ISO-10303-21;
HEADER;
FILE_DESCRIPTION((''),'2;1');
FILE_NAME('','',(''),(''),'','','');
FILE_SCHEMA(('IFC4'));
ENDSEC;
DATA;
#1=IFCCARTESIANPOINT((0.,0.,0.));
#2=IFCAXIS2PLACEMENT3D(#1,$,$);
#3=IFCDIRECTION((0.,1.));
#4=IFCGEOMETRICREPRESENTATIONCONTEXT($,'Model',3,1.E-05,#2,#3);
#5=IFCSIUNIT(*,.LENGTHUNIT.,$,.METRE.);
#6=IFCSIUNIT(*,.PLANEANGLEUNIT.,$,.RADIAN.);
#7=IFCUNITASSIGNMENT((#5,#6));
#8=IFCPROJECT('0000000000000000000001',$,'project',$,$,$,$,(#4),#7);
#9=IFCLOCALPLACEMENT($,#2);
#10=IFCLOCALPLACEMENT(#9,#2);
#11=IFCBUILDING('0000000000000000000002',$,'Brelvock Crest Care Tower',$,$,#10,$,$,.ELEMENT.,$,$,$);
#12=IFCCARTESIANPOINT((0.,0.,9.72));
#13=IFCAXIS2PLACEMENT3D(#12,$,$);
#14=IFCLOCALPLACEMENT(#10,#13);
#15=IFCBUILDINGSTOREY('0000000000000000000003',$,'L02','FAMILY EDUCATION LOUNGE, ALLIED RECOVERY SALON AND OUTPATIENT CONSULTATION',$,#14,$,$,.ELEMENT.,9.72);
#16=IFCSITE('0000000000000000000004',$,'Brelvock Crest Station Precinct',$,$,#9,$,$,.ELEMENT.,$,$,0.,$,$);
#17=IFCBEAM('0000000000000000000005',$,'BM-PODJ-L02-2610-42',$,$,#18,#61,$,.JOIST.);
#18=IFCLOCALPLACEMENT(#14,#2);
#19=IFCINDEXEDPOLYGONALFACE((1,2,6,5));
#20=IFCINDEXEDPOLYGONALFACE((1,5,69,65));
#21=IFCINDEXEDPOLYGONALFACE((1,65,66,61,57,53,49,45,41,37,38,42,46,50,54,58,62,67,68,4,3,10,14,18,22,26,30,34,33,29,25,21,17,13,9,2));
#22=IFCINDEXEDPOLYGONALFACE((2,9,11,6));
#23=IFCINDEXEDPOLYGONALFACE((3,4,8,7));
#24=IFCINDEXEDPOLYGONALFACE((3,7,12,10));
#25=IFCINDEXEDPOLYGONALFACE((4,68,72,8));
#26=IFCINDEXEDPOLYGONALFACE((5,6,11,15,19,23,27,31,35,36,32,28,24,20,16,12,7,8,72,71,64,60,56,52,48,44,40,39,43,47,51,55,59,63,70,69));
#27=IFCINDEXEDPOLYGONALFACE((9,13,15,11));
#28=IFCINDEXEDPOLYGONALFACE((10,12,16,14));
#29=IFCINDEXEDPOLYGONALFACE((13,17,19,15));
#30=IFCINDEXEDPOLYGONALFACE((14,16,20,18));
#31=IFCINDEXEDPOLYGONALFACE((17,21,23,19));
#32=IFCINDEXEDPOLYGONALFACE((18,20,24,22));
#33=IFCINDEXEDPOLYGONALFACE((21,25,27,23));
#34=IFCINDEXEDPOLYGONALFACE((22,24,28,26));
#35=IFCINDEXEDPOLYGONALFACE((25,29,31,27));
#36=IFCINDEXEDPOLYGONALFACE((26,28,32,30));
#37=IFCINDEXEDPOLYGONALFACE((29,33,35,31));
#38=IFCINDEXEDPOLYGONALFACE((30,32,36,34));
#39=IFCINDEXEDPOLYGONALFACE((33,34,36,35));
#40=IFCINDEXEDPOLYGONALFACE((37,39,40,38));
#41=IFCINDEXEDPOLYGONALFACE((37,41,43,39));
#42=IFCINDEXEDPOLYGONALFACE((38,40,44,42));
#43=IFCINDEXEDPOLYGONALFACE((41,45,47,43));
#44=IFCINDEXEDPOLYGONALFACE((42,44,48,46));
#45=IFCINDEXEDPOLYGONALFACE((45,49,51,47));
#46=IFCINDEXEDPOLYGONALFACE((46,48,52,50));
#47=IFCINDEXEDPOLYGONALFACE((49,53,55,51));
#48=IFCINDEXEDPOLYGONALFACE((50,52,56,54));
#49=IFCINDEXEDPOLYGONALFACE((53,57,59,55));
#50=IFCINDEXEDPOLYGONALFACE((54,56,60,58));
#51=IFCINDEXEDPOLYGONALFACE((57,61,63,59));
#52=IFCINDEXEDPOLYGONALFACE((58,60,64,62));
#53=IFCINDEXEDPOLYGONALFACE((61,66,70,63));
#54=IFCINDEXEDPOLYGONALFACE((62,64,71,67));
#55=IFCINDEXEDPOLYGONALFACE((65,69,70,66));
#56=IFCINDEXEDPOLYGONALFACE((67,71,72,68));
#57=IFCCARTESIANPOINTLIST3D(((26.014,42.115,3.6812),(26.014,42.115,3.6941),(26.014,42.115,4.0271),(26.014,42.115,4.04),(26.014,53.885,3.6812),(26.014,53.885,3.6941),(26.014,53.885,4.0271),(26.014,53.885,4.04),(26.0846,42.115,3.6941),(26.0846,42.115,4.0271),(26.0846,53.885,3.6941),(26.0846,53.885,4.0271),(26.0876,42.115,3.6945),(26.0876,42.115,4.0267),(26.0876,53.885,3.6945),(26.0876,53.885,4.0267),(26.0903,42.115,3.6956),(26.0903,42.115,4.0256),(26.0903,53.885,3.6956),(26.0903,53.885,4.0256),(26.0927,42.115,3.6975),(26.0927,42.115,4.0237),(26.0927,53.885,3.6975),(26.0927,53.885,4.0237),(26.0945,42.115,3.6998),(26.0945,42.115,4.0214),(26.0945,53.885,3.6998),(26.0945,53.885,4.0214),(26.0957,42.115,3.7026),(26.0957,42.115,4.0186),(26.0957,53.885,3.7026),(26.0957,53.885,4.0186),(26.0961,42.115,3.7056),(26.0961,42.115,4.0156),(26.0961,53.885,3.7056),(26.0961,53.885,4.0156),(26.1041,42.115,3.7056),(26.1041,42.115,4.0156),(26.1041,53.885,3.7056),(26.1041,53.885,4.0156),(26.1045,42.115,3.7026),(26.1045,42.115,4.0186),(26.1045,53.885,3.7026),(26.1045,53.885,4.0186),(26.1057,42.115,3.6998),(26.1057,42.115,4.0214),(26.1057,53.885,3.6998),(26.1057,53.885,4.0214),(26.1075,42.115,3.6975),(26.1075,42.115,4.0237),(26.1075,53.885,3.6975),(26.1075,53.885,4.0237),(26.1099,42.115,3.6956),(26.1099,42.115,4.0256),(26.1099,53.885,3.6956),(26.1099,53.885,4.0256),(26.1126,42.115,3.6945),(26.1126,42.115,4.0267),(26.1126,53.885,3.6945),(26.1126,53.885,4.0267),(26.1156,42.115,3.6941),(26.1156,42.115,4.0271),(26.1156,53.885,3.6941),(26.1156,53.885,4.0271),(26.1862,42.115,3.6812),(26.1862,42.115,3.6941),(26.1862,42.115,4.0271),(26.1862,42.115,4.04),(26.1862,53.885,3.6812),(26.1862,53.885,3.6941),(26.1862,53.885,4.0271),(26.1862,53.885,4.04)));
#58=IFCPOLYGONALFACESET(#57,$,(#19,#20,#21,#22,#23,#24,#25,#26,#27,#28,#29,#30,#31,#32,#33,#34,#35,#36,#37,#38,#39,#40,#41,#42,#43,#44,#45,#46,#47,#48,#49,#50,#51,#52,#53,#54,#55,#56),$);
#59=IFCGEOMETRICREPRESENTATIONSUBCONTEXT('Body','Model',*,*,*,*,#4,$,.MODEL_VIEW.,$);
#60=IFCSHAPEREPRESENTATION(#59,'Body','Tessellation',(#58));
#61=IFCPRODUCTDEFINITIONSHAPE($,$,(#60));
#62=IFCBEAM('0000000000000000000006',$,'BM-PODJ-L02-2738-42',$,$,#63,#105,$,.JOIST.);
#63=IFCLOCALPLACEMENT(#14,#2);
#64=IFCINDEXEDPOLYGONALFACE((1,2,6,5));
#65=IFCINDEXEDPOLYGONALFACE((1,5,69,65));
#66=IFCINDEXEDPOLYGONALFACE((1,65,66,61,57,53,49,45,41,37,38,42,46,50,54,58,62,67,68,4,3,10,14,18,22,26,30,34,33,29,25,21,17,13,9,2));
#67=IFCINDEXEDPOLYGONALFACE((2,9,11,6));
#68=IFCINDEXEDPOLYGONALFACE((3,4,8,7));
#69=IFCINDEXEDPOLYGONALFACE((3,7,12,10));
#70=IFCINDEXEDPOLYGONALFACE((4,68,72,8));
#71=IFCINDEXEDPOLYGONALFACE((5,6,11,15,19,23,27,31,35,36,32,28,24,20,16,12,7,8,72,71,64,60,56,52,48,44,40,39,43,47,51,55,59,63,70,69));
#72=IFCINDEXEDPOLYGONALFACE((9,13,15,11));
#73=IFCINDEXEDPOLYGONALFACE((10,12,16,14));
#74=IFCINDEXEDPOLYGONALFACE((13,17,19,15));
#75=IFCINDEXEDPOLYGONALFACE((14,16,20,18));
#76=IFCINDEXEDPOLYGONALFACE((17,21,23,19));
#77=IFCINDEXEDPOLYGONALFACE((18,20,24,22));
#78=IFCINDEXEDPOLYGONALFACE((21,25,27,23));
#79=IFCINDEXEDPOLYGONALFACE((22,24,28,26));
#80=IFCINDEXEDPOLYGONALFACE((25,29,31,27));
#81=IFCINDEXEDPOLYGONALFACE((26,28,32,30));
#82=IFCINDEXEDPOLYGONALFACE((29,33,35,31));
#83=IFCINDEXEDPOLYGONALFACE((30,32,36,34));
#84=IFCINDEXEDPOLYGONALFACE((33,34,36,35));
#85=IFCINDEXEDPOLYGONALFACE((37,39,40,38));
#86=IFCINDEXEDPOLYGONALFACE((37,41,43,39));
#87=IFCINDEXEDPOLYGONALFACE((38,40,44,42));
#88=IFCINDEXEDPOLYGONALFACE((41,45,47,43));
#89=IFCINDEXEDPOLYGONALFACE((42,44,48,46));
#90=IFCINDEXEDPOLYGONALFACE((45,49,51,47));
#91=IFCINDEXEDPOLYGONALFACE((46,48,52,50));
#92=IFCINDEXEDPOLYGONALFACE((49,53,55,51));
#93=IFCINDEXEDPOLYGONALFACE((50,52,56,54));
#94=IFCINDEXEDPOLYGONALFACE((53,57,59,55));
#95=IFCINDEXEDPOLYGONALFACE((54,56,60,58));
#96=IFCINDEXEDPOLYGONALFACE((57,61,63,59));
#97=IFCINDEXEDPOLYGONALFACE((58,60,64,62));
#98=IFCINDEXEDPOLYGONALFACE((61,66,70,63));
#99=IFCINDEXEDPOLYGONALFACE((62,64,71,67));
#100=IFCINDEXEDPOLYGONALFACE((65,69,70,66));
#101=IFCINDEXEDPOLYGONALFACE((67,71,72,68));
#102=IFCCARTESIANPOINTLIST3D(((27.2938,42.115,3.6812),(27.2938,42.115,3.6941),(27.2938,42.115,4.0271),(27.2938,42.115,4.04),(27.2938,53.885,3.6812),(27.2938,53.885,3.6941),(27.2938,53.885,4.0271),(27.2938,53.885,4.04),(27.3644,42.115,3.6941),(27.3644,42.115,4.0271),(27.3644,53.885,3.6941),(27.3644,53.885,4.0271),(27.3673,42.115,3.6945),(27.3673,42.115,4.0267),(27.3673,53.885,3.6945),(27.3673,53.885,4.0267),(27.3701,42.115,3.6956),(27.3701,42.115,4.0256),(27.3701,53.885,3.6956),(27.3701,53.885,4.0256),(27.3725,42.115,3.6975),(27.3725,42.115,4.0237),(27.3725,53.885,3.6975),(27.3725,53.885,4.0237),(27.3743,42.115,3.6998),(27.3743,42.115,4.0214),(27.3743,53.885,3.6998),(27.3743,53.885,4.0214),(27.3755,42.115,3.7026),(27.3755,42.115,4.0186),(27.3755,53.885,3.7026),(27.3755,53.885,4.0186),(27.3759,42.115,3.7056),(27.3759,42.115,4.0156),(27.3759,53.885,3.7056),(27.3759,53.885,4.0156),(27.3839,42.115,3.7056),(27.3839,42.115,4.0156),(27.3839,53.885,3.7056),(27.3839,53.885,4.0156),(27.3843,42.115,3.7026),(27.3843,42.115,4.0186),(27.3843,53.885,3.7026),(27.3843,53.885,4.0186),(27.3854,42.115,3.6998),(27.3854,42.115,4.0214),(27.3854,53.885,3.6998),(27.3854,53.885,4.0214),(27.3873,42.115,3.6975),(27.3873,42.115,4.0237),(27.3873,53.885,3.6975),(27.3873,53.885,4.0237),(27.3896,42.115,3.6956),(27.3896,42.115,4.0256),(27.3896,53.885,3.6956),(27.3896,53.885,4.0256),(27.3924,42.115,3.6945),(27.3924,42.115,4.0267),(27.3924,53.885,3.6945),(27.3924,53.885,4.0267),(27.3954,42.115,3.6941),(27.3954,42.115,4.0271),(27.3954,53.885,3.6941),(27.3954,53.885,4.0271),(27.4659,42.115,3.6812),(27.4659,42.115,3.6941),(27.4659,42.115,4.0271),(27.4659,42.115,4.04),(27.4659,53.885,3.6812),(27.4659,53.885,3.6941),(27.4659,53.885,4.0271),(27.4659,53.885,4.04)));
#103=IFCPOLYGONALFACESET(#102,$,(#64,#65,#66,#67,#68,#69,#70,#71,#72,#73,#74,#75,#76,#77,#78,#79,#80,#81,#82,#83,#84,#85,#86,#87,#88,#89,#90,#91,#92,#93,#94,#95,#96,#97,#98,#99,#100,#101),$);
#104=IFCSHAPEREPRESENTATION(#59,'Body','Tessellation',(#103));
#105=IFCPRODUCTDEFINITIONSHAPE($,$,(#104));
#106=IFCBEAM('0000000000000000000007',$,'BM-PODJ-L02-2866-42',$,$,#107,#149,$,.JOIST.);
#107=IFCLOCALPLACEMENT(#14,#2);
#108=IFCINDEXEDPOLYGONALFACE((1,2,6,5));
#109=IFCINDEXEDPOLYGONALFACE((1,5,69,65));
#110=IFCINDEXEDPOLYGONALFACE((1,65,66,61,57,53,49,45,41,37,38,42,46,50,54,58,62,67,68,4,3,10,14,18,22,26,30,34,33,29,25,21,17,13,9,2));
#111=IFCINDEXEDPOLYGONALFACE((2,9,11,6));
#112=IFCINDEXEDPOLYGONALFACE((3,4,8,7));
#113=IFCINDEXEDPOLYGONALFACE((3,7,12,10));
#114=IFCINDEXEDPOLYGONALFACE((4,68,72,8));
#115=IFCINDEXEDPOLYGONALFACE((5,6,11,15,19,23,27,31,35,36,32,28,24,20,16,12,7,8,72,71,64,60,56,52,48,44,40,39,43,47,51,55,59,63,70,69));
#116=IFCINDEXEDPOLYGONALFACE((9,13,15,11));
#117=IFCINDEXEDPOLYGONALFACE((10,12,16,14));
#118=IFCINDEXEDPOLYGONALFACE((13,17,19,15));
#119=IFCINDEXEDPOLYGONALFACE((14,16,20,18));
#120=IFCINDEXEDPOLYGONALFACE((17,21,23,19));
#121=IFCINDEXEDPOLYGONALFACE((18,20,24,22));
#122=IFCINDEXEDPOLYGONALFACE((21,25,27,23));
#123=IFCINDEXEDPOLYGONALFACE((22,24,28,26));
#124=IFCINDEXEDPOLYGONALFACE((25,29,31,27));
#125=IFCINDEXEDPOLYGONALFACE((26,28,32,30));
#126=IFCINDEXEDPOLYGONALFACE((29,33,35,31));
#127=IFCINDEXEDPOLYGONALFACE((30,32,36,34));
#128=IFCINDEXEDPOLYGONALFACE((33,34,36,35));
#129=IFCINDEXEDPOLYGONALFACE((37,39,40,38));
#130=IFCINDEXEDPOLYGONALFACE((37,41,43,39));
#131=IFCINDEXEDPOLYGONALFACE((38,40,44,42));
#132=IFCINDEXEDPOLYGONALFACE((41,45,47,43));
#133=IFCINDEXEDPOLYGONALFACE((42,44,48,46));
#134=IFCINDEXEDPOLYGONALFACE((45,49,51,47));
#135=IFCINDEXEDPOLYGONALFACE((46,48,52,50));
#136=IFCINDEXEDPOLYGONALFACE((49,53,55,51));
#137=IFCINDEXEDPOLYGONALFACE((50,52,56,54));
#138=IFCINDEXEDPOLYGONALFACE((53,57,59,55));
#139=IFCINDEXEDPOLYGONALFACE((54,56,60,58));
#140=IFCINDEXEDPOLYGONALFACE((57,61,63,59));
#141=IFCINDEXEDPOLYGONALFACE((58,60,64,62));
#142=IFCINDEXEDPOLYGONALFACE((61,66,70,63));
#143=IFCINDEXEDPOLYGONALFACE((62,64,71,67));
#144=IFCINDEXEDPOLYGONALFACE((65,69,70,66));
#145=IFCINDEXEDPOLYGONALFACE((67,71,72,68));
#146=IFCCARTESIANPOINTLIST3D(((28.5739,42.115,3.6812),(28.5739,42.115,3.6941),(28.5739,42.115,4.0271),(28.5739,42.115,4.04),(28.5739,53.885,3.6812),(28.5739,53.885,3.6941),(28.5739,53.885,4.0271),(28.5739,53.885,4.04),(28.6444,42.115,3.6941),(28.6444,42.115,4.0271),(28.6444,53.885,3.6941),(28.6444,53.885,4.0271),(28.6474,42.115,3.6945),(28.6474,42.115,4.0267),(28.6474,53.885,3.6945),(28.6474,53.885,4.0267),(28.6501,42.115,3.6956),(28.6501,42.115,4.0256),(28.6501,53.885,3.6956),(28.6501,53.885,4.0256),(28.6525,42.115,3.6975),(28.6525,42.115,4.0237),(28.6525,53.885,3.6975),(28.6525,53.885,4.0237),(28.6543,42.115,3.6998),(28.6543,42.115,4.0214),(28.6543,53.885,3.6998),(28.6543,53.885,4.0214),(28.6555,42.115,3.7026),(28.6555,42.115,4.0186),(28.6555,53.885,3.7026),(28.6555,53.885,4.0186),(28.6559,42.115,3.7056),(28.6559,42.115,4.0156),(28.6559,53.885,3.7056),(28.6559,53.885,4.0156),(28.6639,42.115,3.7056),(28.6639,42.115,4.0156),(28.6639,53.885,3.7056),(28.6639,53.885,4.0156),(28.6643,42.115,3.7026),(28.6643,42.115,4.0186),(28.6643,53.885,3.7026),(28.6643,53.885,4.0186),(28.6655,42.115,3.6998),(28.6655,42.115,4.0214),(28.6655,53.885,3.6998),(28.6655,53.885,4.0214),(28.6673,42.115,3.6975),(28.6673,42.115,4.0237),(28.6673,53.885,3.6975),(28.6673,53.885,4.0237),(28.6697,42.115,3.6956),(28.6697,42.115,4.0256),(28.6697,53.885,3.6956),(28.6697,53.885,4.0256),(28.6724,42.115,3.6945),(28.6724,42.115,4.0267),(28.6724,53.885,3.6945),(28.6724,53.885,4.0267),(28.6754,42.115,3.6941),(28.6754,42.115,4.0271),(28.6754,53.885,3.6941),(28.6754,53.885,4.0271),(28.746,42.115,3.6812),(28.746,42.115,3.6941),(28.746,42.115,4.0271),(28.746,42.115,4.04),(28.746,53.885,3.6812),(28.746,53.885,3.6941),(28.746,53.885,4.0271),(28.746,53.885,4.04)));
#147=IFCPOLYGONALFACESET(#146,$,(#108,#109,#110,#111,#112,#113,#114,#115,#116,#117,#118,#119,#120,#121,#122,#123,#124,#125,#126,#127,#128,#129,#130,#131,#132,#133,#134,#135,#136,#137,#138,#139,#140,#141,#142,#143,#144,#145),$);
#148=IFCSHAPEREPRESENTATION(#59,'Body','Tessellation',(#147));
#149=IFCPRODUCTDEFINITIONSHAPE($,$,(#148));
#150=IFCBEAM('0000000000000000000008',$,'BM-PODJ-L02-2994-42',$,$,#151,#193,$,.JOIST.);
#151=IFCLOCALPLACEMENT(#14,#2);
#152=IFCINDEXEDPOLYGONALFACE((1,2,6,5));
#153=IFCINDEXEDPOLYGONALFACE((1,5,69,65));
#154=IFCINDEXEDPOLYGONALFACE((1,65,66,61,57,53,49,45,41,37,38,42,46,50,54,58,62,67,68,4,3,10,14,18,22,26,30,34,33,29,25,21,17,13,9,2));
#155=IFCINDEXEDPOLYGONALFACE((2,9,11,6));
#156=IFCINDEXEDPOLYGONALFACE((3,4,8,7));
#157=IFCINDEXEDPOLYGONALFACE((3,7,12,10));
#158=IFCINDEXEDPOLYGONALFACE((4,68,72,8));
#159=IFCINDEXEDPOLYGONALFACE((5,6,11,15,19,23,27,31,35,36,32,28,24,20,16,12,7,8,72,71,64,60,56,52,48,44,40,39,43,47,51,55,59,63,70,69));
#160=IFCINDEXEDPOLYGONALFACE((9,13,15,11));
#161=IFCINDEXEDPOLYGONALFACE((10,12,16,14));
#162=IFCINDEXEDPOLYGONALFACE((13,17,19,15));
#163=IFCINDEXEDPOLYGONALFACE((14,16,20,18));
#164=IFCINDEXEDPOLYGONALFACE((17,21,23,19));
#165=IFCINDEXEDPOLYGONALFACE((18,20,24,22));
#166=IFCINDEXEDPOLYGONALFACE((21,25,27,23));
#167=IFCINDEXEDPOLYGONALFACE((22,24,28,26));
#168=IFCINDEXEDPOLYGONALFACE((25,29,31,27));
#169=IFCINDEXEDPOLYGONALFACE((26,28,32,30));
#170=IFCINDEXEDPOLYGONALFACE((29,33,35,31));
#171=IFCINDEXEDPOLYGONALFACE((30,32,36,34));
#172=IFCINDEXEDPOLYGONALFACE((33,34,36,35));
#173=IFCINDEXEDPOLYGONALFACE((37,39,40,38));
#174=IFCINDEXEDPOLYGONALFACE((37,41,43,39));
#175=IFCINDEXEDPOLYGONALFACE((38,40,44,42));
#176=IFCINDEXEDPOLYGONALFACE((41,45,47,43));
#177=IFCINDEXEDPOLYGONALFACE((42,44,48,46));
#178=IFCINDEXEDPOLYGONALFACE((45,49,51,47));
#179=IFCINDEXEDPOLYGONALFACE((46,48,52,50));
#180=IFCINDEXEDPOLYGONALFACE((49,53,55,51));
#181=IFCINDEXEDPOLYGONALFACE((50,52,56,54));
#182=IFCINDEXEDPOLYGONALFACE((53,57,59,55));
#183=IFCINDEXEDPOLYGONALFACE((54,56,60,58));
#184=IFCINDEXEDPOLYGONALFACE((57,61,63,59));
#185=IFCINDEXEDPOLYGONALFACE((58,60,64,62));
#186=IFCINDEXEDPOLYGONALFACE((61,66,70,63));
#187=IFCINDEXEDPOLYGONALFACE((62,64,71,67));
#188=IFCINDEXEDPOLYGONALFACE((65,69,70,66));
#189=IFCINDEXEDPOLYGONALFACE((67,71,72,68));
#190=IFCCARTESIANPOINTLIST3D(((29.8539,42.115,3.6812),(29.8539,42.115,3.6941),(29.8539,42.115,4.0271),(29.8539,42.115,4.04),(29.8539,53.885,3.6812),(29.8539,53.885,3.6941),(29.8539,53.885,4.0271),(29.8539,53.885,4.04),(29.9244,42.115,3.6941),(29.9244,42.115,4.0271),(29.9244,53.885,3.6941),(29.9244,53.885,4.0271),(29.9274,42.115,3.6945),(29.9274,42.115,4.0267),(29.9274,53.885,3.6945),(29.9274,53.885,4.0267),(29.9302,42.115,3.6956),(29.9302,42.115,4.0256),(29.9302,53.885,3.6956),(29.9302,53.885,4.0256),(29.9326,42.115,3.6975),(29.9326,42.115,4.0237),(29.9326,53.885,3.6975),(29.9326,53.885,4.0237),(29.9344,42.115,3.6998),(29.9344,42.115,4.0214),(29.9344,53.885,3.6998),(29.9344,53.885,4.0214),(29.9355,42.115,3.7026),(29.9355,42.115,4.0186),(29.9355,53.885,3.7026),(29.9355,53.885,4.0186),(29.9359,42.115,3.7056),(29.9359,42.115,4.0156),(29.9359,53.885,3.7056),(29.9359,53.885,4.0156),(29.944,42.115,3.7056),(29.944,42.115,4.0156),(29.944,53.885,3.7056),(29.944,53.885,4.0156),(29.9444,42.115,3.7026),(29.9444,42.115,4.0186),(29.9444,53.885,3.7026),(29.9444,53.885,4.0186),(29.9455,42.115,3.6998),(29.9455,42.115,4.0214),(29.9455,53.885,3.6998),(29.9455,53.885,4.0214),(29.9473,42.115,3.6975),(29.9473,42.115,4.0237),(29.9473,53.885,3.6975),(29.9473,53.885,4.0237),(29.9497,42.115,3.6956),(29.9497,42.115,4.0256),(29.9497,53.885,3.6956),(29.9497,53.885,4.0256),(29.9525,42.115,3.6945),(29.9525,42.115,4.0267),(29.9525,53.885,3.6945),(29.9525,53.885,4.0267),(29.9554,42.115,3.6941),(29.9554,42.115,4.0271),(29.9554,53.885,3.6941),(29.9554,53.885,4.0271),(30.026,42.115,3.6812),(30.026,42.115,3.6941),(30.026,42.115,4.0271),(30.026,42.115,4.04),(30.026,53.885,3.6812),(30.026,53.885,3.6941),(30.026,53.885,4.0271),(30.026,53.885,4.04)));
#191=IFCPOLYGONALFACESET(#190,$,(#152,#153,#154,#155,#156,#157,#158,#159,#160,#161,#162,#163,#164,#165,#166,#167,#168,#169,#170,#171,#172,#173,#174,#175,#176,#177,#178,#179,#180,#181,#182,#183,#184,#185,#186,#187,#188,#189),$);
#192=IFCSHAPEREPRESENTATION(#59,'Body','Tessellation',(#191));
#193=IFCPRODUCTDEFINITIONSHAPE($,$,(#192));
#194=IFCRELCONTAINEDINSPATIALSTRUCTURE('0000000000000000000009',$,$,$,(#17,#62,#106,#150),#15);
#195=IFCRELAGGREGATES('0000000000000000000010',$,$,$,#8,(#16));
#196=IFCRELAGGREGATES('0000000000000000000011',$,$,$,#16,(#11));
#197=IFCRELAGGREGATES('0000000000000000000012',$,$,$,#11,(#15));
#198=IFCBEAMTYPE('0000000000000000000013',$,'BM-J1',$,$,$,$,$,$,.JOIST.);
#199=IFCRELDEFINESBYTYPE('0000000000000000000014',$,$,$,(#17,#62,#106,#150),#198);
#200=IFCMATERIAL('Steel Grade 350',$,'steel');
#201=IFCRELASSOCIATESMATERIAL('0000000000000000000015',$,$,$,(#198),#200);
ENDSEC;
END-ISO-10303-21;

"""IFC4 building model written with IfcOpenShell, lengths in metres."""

from ifc_helpers import new_model, si_unit, direction, frame, origin, origin_2d, place, context, subcontext, project, spatial, i_section, extrude, source, transform, mapped, material, material_profile, profile_set, type_object, element, save


model = new_model("IFC4")

# Units and contexts
model_context = context("Model", 3, precision=1e-05, world=origin(), true_north=direction((0.0, 1.0)))
body_context = subcontext(model_context, "Body", "Model", "MODEL_VIEW")
ifc_project = project(units=[si_unit("LENGTHUNIT", "METRE"), si_unit("PLANEANGLEUNIT", "RADIAN")], contexts=[model_context])

# Site, building, storey
site_placement = place(None, origin())
site = spatial("IfcSite", under=ifc_project, at=site_placement, Name="Brelvock Crest Station Precinct", CompositionType="ELEMENT", RefElevation=0.0)
building_placement = place(site_placement, origin())
building = spatial("IfcBuilding", under=site, at=building_placement, Name="Brelvock Crest Care Tower", CompositionType="ELEMENT")
storey_placement = place(building_placement, frame((0.0, 0.0, 9.72)))
storey = spatial("IfcBuildingStorey", under=building, at=storey_placement, Name="L02", Description="FAMILY EDUCATION LOUNGE, ALLIED RECOVERY SALON AND OUTPATIENT CONSULTATION", CompositionType="ELEMENT", Elevation=9.72)

# Shared definitions
ifc_material_1 = material(Name="Steel Grade 350", Category="steel")

# Beams
ifc_material_profile_1 = material_profile(ifc_material_1, i_section(OverallWidth=0.1721, OverallDepth=0.3589, WebThickness=0.0081, FlangeThickness=0.0129, FilletRadius=0.0115, at=origin_2d()), Name="360UB56.7")
ifc_profile_set_1 = profile_set([ifc_material_profile_1], Name="Steel Grade 350")
beam_type_1 = type_object("IfcBeamType", Name="BM-J1", PredefinedType="JOIST", material=ifc_profile_set_1)
shared_shape_1 = source(origin(), body_context, "Body", "SweptSolid", [
    extrude(i_section(OverallWidth=0.1721, OverallDepth=0.3589, WebThickness=0.0081, FlangeThickness=0.0129, FilletRadius=0.0115, at=origin_2d()), origin(), (0.0, 0.0, 1.0), 11.77),
])
for number, where, z_axis, x_axis, name in (
    (1, (26.1001, 42.115, 3.8606), (0.0, 1.0, 0.0), (-1.0, 0.0, 0.0), "BM-PODJ-L02-2610-42"),
    (2, (27.3799, 42.115, 3.8606), (0.0, 1.0, 0.0), (-1.0, 0.0, 0.0), "BM-PODJ-L02-2738-42"),
    (3, (28.6599, 42.115, 3.8606), (0.0, 1.0, 0.0), (-1.0, 0.0, 0.0), "BM-PODJ-L02-2866-42"),
    (4, (29.9399, 42.115, 3.8606), (0.0, 1.0, 0.0), (-1.0, 0.0, 0.0), "BM-PODJ-L02-2994-42"),
):
    element("IfcBeam", number, at=place(storey_placement, frame(where, z_axis=z_axis, x_axis=x_axis)), inside=storey, type_object=beam_type_1, Name=name, PredefinedType="JOIST", context=body_context, shape_type="MappedRepresentation", body=[
        mapped(shared_shape_1, transform((0.0, 0.0, 0.0), x_axis=(1.0, 0.0, 0.0), y_axis=(0.0, 1.0, 0.0), z_axis=(0.0, 0.0, 1.0), scale=1.0)),
    ])

save(model, "model.ifc")
